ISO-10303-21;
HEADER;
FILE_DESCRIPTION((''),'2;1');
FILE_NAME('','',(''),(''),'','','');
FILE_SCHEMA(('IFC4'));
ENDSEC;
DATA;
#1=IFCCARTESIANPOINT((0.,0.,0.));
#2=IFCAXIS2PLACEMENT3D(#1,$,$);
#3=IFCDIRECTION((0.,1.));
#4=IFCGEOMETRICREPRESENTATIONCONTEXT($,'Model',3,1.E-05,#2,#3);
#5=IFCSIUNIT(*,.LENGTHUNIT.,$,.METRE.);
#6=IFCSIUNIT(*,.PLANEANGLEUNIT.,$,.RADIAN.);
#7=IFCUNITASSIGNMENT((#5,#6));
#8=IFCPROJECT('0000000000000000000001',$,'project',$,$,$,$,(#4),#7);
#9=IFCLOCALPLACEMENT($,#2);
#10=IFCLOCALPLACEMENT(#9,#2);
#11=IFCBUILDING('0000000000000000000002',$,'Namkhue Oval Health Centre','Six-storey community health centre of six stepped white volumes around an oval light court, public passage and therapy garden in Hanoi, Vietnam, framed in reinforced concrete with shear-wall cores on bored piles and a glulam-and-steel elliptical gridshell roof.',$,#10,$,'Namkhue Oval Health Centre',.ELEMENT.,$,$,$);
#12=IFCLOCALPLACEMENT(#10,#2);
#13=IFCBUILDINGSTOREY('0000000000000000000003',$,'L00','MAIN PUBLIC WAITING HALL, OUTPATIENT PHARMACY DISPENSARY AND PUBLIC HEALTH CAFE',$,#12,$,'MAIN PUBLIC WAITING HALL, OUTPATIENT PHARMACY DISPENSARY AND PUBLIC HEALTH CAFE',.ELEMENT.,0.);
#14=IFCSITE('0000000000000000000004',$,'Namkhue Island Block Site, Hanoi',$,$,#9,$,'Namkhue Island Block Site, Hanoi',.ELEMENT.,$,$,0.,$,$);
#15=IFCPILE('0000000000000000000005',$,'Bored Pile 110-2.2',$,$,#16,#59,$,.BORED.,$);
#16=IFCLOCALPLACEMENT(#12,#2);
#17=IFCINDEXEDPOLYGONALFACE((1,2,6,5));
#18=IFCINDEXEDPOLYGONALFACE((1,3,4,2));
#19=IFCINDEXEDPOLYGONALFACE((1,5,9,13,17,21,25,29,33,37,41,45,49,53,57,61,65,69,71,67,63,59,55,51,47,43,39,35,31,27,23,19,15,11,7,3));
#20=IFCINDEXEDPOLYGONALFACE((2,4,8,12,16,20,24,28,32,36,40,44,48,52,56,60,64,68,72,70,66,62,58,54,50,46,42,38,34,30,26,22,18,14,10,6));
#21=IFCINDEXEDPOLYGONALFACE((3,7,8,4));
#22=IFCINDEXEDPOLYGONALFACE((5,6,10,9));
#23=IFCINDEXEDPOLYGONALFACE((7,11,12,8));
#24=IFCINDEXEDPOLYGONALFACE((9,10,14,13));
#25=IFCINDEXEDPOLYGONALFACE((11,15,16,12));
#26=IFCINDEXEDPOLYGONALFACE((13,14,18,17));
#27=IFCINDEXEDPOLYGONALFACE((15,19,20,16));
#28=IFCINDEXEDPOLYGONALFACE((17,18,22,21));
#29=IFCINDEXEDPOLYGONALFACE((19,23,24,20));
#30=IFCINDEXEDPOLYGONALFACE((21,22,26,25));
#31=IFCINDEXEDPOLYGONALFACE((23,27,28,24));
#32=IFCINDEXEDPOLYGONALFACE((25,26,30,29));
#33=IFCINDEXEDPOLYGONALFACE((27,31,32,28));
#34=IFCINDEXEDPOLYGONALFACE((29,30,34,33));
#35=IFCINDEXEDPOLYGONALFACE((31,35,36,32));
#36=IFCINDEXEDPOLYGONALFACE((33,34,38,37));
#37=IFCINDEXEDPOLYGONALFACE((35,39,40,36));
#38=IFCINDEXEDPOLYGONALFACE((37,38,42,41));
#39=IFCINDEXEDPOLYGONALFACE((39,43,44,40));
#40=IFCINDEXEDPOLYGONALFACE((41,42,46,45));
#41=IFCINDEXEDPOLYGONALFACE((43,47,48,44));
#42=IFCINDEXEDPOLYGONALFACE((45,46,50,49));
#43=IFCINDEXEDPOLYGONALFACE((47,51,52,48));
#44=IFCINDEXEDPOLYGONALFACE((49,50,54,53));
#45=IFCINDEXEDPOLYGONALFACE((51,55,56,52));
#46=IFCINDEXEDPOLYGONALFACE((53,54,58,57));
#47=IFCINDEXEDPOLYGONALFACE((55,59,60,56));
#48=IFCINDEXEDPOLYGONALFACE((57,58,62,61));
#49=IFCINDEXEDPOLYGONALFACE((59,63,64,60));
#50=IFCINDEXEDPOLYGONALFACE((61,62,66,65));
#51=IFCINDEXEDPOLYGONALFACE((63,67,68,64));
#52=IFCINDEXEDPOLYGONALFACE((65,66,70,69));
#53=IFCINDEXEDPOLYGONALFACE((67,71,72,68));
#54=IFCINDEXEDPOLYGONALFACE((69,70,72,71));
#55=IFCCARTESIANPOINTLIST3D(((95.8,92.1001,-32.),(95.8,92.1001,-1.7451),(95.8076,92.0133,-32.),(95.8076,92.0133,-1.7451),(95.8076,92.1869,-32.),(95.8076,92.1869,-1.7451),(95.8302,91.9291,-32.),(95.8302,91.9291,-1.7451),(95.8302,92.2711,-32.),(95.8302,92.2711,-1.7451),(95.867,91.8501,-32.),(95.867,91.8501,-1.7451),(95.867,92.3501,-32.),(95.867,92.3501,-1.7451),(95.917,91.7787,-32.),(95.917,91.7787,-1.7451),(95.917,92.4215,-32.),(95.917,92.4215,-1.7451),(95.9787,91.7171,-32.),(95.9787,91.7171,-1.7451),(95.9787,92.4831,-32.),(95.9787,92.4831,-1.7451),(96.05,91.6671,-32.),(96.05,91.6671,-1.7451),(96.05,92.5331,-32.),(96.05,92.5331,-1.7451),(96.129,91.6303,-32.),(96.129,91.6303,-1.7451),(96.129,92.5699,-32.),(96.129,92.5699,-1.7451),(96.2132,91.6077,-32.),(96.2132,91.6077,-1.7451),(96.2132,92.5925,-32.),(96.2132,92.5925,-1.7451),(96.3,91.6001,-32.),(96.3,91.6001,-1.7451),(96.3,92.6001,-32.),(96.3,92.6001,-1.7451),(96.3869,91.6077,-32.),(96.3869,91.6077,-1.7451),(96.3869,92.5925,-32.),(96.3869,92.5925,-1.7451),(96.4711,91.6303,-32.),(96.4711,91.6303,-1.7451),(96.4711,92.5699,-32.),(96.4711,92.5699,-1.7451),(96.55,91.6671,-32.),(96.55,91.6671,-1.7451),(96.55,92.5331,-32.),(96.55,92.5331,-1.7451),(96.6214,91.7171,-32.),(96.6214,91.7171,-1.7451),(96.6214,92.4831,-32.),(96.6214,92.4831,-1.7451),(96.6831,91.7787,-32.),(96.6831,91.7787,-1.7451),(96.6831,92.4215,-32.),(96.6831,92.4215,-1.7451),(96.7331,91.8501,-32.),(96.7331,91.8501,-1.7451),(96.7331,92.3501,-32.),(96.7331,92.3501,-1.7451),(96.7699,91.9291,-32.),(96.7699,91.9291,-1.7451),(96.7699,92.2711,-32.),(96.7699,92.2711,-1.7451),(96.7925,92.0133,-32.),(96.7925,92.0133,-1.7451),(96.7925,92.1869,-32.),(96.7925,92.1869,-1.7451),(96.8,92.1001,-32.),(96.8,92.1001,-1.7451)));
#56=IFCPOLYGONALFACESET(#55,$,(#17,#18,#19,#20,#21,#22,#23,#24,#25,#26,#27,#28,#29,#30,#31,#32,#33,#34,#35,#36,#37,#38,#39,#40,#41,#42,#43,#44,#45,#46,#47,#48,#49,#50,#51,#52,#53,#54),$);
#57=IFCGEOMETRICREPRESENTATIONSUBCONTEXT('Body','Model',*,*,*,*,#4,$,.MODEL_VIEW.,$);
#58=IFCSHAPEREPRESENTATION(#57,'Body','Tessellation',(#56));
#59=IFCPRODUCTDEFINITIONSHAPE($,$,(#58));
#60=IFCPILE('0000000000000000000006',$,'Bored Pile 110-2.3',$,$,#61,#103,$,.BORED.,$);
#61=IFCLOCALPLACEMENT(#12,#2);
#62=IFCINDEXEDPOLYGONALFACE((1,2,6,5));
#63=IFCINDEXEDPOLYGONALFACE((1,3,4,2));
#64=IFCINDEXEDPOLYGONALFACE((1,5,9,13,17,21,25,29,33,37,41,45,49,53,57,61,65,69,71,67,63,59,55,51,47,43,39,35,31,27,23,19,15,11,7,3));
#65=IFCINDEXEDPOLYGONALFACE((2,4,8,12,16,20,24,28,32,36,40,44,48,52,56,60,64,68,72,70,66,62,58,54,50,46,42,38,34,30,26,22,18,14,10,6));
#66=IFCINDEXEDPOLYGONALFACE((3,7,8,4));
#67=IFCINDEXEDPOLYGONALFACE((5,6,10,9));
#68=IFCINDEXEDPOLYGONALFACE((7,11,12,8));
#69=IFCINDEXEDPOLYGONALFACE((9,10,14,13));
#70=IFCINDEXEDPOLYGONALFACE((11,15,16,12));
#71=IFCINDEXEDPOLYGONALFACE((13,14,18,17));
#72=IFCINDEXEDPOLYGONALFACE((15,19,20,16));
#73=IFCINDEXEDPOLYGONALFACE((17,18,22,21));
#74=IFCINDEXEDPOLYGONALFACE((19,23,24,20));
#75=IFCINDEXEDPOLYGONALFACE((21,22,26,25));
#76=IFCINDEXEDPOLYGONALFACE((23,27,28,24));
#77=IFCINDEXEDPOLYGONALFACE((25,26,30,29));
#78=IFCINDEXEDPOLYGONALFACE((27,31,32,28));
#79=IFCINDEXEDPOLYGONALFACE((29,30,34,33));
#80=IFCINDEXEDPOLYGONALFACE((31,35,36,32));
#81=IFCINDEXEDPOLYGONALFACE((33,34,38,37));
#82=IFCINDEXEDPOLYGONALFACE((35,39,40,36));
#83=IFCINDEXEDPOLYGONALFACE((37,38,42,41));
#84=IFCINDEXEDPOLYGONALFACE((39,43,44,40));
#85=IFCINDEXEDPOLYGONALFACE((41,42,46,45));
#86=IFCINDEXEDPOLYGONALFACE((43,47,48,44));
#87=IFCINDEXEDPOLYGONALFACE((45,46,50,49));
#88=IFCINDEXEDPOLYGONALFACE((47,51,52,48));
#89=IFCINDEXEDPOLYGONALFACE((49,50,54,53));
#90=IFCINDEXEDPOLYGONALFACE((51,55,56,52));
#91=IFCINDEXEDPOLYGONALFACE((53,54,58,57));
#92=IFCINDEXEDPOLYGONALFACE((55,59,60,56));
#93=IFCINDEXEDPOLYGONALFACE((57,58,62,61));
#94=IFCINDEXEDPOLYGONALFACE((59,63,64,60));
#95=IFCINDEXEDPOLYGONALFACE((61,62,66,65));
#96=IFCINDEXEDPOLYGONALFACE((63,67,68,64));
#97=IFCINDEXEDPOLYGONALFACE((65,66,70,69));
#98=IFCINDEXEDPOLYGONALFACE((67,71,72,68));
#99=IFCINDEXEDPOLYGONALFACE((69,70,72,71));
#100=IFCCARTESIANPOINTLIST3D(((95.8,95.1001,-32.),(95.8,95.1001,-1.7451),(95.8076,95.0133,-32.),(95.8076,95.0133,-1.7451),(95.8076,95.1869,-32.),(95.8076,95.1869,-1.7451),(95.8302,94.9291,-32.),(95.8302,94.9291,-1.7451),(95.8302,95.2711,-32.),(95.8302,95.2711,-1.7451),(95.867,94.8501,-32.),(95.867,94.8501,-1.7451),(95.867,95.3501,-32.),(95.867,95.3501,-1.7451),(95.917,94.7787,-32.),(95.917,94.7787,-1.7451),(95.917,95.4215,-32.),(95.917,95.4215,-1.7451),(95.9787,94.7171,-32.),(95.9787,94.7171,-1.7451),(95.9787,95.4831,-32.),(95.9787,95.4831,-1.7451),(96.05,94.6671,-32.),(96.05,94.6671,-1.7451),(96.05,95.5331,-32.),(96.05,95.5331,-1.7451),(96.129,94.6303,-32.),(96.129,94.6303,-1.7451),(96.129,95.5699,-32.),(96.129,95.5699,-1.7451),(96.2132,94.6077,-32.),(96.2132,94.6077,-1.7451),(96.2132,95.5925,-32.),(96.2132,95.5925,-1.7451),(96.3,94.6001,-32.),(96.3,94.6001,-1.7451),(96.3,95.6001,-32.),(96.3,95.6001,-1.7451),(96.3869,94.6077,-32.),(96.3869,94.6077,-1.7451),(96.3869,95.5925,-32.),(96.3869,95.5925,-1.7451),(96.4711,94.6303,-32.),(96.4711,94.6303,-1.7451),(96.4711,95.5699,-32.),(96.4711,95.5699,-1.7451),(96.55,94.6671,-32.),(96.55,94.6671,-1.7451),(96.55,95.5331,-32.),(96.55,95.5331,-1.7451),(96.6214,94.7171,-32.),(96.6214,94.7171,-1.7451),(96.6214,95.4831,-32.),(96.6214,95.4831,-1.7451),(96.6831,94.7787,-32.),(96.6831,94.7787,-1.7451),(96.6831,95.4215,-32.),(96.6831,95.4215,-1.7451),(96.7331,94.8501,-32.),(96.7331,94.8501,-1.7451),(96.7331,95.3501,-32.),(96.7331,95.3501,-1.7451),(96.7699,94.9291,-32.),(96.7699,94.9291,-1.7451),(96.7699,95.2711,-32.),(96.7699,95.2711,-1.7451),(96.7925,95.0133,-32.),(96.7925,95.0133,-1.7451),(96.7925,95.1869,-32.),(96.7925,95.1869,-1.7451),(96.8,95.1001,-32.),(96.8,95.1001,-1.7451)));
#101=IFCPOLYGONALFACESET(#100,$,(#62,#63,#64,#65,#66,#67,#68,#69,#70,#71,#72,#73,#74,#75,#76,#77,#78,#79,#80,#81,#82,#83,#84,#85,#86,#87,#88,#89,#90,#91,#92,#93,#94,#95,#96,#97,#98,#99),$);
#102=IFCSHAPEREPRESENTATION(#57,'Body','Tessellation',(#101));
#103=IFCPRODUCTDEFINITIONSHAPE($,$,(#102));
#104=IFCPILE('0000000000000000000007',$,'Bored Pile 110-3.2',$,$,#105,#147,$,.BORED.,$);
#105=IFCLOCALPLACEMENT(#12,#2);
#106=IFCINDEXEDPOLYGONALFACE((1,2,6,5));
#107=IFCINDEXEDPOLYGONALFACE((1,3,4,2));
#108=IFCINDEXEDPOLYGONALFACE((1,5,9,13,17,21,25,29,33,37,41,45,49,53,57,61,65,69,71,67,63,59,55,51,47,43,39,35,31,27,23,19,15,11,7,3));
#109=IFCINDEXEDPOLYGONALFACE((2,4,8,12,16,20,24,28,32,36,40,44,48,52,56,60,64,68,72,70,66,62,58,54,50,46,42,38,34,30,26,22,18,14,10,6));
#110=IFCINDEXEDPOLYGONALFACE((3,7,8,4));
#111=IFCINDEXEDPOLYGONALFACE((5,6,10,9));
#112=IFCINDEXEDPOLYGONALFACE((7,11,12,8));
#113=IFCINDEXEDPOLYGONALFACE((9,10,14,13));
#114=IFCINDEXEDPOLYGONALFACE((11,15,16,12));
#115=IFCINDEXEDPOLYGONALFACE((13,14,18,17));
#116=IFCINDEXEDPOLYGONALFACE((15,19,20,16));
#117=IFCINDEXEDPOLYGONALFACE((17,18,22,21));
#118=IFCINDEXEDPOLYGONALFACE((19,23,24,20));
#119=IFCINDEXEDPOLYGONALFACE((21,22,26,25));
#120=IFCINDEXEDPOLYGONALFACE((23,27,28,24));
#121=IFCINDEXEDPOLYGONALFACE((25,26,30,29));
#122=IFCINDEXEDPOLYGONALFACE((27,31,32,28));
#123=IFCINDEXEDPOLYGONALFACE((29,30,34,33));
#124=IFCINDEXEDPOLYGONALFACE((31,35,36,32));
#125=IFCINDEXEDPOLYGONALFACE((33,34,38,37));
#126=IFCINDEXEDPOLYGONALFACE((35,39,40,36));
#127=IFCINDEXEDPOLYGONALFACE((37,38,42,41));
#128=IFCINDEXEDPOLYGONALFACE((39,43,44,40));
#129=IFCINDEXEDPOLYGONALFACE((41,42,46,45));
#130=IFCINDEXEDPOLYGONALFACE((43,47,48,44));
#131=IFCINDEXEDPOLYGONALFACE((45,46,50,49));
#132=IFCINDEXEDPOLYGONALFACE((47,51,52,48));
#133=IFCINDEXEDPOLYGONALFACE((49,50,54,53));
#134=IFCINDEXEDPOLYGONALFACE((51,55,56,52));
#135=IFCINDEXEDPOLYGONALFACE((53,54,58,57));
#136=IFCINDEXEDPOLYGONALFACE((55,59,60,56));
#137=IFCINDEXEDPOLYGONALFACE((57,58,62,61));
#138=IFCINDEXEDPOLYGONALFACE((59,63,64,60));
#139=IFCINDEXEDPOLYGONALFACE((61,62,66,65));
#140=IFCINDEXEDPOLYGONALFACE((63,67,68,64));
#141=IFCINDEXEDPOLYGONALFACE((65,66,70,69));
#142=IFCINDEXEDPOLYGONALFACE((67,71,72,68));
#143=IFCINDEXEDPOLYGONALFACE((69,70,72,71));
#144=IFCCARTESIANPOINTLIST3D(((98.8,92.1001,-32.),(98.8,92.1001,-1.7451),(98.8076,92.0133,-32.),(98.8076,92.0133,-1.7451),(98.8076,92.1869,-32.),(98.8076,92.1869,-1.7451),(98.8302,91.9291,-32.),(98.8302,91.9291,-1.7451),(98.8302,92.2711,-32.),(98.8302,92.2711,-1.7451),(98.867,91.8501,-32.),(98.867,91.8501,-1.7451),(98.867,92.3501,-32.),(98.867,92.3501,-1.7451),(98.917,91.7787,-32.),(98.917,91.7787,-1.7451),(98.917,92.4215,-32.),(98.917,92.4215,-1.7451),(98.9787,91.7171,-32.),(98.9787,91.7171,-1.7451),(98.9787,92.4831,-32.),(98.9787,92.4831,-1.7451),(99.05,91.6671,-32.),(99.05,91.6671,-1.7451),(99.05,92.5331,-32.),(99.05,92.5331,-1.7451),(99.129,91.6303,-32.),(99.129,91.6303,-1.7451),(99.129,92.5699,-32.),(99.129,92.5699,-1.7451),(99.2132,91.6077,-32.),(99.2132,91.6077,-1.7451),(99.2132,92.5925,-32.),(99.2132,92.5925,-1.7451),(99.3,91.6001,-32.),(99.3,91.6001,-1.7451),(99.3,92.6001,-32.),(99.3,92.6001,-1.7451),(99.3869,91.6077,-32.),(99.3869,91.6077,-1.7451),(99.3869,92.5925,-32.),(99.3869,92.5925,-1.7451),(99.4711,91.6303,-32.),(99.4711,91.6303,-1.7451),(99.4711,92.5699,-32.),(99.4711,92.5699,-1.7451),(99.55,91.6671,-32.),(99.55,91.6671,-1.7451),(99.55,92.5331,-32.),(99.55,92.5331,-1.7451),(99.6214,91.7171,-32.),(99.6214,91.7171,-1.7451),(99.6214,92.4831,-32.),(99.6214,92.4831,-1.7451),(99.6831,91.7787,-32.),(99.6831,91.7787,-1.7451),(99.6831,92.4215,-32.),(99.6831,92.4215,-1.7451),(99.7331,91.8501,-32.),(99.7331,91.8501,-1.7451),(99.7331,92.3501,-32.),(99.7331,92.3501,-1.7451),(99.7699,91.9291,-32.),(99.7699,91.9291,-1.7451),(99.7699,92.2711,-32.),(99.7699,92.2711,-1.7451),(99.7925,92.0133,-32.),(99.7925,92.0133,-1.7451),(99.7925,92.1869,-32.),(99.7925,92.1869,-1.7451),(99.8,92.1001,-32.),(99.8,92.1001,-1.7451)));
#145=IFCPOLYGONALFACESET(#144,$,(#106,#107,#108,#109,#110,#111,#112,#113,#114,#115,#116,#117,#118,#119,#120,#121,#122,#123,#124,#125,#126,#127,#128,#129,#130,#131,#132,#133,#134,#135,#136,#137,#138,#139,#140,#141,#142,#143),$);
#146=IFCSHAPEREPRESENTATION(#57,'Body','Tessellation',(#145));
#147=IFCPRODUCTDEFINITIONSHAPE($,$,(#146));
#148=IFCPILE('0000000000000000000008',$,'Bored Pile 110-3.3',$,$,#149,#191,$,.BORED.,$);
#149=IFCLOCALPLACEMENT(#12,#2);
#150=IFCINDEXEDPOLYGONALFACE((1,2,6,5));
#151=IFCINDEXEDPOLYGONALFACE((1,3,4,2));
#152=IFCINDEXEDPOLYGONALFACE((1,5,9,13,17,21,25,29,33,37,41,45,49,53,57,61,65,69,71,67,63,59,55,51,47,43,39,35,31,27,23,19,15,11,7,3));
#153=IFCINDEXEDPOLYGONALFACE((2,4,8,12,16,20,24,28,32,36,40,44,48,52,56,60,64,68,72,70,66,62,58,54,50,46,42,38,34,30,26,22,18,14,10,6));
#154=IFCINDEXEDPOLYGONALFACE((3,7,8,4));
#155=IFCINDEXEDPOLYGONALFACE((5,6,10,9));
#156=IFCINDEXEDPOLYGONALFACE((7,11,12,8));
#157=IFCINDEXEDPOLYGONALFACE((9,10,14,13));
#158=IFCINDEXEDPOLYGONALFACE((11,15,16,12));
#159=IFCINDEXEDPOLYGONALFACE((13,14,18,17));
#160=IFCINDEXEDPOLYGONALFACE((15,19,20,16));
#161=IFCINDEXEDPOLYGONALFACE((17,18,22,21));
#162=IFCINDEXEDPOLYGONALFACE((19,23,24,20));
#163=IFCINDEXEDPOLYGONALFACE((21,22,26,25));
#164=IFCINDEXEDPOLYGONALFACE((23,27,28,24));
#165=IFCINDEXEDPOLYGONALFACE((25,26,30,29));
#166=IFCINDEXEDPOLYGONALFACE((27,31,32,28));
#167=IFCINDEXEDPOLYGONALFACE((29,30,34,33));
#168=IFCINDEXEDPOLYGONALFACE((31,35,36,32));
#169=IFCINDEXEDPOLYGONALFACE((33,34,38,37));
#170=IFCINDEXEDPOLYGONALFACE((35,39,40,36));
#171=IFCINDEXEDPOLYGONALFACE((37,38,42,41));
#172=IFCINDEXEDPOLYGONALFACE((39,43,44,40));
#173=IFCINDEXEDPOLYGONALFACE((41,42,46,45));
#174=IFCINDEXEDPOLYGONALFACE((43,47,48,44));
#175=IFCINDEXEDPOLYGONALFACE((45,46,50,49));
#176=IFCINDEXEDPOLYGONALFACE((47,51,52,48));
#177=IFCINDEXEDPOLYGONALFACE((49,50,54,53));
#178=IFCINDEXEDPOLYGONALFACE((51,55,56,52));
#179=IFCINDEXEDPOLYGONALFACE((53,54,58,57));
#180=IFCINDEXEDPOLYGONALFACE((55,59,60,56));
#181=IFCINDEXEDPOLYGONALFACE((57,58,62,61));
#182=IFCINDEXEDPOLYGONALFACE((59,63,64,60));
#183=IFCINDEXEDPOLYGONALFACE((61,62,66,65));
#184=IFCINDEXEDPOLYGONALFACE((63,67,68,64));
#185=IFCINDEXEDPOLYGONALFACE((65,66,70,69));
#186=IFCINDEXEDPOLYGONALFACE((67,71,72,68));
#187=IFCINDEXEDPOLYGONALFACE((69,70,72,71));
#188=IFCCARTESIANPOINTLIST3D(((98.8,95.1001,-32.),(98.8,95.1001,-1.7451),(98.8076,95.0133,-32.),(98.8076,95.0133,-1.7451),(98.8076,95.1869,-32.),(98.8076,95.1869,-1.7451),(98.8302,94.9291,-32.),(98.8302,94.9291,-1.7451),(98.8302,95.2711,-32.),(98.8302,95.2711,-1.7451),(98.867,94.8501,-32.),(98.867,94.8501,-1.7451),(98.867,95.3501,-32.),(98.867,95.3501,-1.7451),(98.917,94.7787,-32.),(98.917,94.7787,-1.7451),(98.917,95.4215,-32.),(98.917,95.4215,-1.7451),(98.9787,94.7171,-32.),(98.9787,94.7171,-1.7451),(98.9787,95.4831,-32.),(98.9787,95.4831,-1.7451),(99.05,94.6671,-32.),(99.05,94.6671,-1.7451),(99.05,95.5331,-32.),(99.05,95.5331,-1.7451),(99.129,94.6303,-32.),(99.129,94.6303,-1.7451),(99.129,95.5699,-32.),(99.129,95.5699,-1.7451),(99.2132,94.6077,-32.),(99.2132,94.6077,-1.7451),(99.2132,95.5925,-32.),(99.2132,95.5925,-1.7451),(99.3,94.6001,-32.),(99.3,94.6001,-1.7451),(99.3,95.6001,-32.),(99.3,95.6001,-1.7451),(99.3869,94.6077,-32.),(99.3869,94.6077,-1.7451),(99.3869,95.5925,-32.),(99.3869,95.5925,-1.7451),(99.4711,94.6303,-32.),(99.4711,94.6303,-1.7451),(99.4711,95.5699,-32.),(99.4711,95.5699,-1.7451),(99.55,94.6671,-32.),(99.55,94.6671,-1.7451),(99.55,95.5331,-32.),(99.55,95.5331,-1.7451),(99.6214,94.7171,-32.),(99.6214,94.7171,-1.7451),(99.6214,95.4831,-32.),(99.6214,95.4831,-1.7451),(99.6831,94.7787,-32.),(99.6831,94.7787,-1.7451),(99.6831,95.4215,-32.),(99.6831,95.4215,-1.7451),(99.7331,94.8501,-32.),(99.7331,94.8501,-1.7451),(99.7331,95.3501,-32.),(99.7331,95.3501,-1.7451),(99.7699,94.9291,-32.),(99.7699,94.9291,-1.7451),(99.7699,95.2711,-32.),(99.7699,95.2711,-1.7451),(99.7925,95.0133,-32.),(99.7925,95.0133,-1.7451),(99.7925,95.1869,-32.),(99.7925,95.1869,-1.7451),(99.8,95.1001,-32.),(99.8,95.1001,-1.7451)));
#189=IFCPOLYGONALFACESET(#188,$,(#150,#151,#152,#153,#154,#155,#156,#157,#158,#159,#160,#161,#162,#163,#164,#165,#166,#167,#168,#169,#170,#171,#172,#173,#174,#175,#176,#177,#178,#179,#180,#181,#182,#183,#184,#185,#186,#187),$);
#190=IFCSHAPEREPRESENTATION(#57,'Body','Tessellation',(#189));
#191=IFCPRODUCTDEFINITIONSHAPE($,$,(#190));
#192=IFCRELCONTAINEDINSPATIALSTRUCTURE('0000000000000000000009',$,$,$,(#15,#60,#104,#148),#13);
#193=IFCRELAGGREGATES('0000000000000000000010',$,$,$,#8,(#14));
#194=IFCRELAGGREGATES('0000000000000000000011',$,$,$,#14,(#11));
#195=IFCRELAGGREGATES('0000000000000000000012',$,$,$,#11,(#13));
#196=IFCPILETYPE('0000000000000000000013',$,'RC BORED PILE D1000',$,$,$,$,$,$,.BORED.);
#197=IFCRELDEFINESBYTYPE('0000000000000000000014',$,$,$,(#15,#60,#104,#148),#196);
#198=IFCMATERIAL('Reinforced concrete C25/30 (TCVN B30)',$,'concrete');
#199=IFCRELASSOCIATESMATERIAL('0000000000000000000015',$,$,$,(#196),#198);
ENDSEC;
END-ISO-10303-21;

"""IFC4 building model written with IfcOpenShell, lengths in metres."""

from ifc_helpers import new_model, si_unit, direction, frame, origin, origin_2d, place, context, subcontext, project, spatial, circle, extrude, material, material_profile, profile_set, type_object, element, save


model = new_model("IFC4")

# Units and contexts
model_context = context("Model", 3, precision=1e-05, world=origin(), true_north=direction((0.0, 1.0)))
body_context = subcontext(model_context, "Body", "Model", "MODEL_VIEW")
ifc_project = project(units=[si_unit("LENGTHUNIT", "METRE"), si_unit("PLANEANGLEUNIT", "RADIAN")], contexts=[model_context])

# Site, building, storey
site_placement = place(None, origin())
site = spatial("IfcSite", under=ifc_project, at=site_placement, Name="Namkhue Island Block Site, Hanoi", LongName="Namkhue Island Block Site, Hanoi", CompositionType="ELEMENT", RefElevation=0.0)
building_placement = place(site_placement, origin())
building = spatial("IfcBuilding", under=site, at=building_placement, Name="Namkhue Oval Health Centre", Description="Six-storey community health centre of six stepped white volumes around an oval light court, public passage and therapy garden in Hanoi, Vietnam, framed in reinforced concrete with shear-wall cores on bored piles and a glulam-and-steel elliptical gridshell roof.", LongName="Namkhue Oval Health Centre", CompositionType="ELEMENT")
storey_placement = place(building_placement, origin())
storey = spatial("IfcBuildingStorey", under=building, at=storey_placement, Name="L00", Description="MAIN PUBLIC WAITING HALL, OUTPATIENT PHARMACY DISPENSARY AND PUBLIC HEALTH CAFE", LongName="MAIN PUBLIC WAITING HALL, OUTPATIENT PHARMACY DISPENSARY AND PUBLIC HEALTH CAFE", CompositionType="ELEMENT", Elevation=0.0)

# Piles
ifc_material_1 = material(Name="Reinforced concrete C25/30 (TCVN B30)", Category="concrete")
ifc_material_profile_1 = material_profile(ifc_material_1, circle(Radius=0.5, at=origin_2d()), Name="BORED PILE D1000")
ifc_profile_set_1 = profile_set([ifc_material_profile_1], Name="Reinforced concrete C25/30 (TCVN B30)")
pile_type = type_object("IfcPileType", Name="RC BORED PILE D1000", PredefinedType="BORED", material=ifc_profile_set_1)
for number, where, z_axis, x_axis, name in (
    (1, (96.3, 92.1001, -1.7451), (0.0, 0.0, -1.0), (1.0, 0.0, 0.0), "Bored Pile 110-2.2"),
    (2, (96.3, 95.1001, -1.7451), (0.0, 0.0, -1.0), (1.0, 0.0, 0.0), "Bored Pile 110-2.3"),
    (3, (99.3, 92.1001, -1.7451), (0.0, 0.0, -1.0), (1.0, 0.0, 0.0), "Bored Pile 110-3.2"),
    (4, (99.3, 95.1001, -1.7451), (0.0, 0.0, -1.0), (1.0, 0.0, 0.0), "Bored Pile 110-3.3"),
):
    element("IfcPile", number, at=place(storey_placement, frame(where, z_axis=z_axis, x_axis=x_axis)), inside=storey, type_object=pile_type, Name=name, PredefinedType="BORED", context=body_context, shape_type="SweptSolid", body=[
        extrude(circle(Radius=0.5, at=origin_2d()), origin(), (0.0, 0.0, 1.0), 30.2549),
    ])

save(model, "model.ifc")
